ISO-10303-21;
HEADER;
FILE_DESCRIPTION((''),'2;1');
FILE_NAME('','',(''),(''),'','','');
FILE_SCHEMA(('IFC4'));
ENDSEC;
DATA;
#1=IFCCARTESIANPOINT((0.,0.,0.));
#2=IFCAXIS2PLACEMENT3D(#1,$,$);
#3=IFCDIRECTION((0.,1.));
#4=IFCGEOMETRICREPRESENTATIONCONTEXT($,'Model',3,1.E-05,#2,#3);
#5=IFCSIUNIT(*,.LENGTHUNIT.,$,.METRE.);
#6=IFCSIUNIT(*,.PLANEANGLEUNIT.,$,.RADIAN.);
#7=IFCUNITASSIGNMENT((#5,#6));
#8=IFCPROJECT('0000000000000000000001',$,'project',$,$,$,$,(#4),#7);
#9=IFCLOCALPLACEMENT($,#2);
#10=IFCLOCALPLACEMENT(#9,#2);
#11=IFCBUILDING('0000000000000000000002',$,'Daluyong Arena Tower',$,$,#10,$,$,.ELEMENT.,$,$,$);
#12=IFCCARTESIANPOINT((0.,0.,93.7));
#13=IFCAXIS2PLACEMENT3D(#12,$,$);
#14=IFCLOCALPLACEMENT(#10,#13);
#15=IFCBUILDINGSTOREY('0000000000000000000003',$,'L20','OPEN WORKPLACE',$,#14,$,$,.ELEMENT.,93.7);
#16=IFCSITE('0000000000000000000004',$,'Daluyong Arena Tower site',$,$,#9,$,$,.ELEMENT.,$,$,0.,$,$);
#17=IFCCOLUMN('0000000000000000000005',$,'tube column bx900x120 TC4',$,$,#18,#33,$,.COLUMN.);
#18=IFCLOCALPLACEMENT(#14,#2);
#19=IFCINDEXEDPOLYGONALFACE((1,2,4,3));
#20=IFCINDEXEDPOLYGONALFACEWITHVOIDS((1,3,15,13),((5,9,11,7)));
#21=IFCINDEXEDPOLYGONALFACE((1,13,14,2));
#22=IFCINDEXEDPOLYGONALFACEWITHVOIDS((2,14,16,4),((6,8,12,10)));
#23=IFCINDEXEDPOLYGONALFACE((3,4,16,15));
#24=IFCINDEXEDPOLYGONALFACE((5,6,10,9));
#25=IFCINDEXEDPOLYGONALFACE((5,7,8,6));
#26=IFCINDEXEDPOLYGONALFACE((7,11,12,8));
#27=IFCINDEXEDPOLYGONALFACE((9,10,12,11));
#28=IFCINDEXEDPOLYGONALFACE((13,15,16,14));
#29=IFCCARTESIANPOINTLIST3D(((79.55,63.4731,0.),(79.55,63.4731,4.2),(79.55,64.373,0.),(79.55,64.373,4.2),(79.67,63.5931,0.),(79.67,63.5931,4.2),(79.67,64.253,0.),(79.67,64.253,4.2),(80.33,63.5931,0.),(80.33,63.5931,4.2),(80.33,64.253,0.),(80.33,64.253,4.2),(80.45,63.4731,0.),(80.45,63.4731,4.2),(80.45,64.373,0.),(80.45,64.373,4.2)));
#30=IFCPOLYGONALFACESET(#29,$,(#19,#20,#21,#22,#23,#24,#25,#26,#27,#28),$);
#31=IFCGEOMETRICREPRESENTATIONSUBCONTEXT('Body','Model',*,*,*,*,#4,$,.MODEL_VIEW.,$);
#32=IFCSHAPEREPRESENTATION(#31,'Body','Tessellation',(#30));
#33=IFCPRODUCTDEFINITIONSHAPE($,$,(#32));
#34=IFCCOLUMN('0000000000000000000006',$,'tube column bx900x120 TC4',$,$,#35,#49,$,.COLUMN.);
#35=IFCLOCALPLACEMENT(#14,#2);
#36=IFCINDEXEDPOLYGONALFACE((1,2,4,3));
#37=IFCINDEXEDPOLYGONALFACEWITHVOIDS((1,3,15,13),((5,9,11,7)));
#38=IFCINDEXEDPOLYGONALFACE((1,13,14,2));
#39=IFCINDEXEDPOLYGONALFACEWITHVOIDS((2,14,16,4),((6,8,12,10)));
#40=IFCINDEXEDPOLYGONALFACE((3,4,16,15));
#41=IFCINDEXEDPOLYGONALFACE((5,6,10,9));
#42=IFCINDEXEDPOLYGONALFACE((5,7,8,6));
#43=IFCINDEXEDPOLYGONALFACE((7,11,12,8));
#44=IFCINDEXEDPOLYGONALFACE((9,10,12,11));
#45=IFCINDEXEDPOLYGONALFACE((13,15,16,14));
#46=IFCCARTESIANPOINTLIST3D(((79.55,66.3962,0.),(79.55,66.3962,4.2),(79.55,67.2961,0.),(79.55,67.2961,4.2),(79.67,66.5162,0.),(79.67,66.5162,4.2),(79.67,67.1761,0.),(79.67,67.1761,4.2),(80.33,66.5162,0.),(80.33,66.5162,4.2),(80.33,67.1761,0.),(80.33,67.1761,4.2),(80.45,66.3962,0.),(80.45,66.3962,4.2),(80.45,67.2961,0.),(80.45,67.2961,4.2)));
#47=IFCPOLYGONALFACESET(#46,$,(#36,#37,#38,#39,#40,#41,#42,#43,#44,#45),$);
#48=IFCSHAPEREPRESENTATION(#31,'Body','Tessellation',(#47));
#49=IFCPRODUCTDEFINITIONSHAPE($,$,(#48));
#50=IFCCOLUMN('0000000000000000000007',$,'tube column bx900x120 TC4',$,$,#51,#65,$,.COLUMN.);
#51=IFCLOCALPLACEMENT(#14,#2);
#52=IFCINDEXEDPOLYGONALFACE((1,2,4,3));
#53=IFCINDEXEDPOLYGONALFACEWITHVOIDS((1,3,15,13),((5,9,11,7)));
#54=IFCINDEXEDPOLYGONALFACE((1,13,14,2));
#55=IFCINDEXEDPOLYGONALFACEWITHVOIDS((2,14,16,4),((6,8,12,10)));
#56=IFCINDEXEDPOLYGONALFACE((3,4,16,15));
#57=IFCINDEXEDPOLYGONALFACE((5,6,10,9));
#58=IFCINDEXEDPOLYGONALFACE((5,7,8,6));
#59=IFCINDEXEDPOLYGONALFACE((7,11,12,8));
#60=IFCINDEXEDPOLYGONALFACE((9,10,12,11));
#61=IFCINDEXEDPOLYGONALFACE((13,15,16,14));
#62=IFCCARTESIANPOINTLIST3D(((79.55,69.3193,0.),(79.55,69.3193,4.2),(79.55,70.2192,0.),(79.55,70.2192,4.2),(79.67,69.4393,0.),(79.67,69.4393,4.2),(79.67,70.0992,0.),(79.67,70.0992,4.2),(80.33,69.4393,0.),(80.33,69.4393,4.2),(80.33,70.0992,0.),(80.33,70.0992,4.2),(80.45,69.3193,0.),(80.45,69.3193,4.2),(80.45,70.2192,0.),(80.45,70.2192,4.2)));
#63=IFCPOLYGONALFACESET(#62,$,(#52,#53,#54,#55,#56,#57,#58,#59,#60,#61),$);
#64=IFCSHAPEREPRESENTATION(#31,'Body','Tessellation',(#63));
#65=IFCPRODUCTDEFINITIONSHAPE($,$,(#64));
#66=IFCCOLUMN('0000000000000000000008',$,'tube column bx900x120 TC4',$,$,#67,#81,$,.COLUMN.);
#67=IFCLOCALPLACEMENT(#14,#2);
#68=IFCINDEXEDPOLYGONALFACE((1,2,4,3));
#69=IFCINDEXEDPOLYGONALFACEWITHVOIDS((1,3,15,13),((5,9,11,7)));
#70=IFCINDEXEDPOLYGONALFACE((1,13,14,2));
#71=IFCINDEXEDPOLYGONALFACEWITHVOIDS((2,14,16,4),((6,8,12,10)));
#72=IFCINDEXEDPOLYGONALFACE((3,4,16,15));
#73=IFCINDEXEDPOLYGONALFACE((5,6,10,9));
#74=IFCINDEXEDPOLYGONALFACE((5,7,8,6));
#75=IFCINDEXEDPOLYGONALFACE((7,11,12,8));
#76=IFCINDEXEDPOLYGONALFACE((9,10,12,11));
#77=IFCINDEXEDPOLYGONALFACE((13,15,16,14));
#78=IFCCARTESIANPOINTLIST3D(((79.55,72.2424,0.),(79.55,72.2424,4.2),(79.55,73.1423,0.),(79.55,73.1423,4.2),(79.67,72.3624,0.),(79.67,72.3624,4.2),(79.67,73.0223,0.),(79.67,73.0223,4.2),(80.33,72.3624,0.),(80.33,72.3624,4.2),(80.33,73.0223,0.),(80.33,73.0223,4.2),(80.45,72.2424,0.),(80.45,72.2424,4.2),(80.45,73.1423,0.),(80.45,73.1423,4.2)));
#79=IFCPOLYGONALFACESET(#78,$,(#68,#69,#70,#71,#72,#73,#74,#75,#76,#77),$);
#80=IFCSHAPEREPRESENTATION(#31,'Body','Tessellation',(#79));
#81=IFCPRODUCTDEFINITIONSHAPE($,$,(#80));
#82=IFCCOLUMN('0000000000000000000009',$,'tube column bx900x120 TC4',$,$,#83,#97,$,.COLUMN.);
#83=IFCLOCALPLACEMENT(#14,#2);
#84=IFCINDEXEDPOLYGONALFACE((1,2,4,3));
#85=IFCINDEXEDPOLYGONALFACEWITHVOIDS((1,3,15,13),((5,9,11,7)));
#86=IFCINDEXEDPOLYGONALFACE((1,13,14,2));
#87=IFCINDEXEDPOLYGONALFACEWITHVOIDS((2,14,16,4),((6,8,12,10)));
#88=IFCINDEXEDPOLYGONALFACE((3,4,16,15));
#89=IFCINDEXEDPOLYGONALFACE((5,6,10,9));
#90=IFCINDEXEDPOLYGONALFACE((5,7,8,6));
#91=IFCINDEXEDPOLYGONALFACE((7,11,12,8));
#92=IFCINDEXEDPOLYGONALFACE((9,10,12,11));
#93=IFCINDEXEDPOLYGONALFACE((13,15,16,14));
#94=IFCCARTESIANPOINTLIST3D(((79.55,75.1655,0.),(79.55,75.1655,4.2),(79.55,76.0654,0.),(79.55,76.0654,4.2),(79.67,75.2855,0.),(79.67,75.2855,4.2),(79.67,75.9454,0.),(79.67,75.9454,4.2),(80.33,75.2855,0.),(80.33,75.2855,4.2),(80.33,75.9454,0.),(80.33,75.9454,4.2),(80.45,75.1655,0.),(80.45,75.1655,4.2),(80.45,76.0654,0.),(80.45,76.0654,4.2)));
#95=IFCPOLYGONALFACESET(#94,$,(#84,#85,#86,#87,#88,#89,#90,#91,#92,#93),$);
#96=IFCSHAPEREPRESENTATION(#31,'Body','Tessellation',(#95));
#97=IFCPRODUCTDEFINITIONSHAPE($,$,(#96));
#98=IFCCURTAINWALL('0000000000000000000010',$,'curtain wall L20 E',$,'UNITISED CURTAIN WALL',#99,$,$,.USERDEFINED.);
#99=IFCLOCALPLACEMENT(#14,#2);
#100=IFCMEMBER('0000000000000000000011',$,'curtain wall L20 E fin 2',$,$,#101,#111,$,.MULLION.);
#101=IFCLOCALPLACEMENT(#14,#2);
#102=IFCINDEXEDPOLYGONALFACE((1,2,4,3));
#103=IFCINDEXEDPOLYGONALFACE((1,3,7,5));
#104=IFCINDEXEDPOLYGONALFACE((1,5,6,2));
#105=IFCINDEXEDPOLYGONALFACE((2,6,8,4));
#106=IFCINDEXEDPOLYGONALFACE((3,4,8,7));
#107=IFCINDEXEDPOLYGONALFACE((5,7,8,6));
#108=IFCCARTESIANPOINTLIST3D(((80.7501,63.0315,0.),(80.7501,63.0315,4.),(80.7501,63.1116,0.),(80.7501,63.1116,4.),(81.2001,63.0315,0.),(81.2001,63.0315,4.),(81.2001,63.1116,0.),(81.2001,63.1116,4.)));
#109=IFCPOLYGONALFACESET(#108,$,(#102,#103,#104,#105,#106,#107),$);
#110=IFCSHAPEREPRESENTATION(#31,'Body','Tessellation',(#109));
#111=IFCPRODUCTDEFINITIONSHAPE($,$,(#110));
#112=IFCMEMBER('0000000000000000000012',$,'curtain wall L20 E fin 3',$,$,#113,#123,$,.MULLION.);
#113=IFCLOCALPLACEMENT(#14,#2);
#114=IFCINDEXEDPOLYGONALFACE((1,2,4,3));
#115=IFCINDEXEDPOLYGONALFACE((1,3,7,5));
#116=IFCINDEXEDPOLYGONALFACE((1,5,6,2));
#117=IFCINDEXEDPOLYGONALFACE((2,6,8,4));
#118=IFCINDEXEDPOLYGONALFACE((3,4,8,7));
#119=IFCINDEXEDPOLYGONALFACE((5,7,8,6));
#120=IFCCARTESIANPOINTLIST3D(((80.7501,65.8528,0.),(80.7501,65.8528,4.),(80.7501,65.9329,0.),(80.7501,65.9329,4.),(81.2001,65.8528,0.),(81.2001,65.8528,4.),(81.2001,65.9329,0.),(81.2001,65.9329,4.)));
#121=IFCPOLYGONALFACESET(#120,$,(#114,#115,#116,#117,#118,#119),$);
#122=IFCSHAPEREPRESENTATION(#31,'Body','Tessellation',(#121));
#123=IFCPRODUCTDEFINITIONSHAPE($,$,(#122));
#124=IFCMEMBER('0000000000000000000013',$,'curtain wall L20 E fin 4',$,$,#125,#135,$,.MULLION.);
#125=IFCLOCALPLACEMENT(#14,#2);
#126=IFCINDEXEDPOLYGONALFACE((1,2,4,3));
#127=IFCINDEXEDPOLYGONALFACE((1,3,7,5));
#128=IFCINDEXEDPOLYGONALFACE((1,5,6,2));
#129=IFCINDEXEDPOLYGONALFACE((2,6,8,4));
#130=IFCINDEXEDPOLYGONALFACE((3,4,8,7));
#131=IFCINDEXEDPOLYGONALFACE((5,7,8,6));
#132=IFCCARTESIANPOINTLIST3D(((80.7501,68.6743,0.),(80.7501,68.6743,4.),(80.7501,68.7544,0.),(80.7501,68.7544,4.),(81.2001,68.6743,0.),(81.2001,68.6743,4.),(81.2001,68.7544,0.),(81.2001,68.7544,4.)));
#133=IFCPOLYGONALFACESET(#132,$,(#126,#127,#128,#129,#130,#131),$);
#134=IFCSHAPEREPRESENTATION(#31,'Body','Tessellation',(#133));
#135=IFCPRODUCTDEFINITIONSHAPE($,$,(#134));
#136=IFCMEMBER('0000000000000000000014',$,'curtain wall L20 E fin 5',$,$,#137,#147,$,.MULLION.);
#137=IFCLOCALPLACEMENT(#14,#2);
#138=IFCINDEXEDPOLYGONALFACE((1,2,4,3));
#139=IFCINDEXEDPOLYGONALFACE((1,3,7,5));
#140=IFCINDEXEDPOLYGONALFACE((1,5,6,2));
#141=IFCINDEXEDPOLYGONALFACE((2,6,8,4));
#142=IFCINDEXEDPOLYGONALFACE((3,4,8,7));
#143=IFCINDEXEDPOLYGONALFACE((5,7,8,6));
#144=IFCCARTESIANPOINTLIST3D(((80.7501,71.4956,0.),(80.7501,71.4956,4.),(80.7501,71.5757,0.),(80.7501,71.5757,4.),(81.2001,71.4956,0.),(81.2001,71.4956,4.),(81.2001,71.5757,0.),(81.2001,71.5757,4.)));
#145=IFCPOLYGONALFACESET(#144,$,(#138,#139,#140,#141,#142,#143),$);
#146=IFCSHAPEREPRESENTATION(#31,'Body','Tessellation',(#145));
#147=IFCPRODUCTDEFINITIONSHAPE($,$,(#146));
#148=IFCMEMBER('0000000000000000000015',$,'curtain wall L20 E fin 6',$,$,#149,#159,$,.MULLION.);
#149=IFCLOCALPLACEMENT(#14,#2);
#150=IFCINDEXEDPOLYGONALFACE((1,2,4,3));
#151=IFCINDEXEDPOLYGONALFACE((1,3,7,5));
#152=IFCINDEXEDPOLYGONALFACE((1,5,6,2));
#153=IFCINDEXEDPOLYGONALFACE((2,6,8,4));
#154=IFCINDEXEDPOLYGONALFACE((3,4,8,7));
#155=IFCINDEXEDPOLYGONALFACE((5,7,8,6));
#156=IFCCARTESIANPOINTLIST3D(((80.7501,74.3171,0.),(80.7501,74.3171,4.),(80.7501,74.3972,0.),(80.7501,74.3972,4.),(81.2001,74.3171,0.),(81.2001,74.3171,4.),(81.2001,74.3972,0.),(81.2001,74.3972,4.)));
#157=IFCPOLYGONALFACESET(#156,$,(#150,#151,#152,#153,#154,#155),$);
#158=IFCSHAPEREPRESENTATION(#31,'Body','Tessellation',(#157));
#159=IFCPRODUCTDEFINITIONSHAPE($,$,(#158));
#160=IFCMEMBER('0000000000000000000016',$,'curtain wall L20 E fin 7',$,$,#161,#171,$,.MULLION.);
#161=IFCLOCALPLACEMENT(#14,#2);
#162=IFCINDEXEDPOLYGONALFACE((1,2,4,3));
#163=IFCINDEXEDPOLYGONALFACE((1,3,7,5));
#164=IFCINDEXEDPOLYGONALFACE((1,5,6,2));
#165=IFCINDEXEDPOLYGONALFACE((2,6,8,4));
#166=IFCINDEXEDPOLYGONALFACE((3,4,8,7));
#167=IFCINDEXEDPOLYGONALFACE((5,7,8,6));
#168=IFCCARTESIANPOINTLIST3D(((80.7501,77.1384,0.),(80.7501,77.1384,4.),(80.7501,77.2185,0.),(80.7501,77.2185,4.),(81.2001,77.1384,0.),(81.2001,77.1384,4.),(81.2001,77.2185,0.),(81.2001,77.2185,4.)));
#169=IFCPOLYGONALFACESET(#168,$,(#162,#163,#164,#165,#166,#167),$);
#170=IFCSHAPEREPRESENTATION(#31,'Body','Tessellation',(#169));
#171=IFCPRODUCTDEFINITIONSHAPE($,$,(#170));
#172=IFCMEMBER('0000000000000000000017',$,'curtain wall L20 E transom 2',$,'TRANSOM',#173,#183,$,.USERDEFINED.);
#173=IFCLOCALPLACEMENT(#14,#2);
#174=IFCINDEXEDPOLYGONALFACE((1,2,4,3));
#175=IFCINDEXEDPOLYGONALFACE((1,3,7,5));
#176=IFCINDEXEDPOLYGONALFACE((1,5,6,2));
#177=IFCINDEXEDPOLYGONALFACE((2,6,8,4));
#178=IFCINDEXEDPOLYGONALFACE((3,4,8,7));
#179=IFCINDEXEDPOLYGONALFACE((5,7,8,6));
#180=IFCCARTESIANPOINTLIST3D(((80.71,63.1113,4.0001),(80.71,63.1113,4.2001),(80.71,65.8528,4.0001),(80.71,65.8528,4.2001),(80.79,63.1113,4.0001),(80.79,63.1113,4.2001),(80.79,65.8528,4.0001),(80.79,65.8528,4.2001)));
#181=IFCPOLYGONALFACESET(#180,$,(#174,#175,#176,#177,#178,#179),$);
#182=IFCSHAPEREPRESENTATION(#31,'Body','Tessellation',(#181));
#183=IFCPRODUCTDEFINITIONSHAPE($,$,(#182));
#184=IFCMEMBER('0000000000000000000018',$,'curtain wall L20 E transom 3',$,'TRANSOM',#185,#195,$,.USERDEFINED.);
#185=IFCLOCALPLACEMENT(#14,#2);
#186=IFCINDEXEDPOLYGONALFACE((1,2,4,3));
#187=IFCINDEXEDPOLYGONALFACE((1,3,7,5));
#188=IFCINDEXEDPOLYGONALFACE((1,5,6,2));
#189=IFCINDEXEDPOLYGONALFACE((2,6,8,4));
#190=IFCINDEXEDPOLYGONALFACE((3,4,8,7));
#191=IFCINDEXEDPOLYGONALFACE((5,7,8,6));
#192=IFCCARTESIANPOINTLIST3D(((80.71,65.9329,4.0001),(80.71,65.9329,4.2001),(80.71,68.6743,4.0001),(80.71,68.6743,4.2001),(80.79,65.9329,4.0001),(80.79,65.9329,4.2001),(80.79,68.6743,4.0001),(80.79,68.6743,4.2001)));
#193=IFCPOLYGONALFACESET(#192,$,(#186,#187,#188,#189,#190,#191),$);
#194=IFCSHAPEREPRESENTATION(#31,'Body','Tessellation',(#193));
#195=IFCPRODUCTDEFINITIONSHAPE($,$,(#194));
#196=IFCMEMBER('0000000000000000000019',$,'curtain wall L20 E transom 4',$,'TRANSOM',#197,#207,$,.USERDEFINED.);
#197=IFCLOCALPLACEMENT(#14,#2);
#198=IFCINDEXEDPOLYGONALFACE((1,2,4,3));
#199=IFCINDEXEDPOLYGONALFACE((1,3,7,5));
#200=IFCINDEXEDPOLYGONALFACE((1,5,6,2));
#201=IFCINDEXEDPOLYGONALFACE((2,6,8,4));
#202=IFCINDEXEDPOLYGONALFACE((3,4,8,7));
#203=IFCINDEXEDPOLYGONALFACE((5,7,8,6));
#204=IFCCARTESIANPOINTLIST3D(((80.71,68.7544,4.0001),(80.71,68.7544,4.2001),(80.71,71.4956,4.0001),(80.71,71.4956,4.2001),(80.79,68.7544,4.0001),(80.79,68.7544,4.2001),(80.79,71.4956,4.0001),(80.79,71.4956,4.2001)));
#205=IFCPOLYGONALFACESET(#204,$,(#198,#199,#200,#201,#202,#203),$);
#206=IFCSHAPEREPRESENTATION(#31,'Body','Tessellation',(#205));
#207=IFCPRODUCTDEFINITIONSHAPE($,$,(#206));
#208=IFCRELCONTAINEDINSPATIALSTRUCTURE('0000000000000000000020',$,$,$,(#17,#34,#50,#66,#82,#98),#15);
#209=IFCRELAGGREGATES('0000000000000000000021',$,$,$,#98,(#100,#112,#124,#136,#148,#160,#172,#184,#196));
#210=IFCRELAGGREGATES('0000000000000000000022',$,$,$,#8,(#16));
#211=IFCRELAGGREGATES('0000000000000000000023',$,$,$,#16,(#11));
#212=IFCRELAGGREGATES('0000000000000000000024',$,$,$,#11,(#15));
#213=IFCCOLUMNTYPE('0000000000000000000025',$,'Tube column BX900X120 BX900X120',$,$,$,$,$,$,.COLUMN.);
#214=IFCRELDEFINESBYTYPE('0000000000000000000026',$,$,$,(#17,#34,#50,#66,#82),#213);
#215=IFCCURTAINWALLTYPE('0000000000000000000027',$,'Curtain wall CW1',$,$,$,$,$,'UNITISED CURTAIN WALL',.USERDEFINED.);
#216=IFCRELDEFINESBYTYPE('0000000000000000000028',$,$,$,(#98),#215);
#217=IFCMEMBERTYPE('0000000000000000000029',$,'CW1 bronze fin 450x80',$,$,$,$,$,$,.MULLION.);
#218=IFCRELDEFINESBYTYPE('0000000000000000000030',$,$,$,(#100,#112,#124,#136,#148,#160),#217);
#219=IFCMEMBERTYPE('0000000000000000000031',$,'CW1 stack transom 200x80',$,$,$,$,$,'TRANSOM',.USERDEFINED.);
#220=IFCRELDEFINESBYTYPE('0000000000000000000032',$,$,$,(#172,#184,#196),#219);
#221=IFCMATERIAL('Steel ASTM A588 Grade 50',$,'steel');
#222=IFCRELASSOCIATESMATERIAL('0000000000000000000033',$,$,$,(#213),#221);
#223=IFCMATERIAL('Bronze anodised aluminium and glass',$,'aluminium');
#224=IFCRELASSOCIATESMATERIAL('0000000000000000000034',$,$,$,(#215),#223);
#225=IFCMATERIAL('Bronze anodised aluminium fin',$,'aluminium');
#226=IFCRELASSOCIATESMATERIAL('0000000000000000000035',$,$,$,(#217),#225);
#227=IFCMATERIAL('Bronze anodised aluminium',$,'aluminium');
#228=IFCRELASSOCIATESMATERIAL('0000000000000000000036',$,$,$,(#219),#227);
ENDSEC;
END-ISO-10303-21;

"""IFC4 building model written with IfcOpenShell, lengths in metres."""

from ifc_helpers import new_model, si_unit, direction, frame, origin, origin_2d, place, context, subcontext, project, spatial, rectangle, hollow_rectangle, extrude, material, material_profile, profile_set, type_object, element, aggregate, save


model = new_model("IFC4")

# Units and contexts
model_context = context("Model", 3, precision=1e-05, world=origin(), true_north=direction((0.0, 1.0)))
body_context = subcontext(model_context, "Body", "Model", "MODEL_VIEW")
ifc_project = project(units=[si_unit("LENGTHUNIT", "METRE"), si_unit("PLANEANGLEUNIT", "RADIAN")], contexts=[model_context])

# Site, building, storey
site_placement = place(None, origin())
site = spatial("IfcSite", under=ifc_project, at=site_placement, Name="Daluyong Arena Tower site", CompositionType="ELEMENT", RefElevation=0.0)
building_placement = place(site_placement, origin())
building = spatial("IfcBuilding", under=site, at=building_placement, Name="Daluyong Arena Tower", CompositionType="ELEMENT")
storey_placement = place(building_placement, frame((0.0, 0.0, 93.7)))
storey = spatial("IfcBuildingStorey", under=building, at=storey_placement, Name="L20", Description="OPEN WORKPLACE", CompositionType="ELEMENT", Elevation=93.7)

# Columns
ifc_material_1 = material(Name="Steel ASTM A588 Grade 50", Category="steel")
ifc_material_profile_1 = material_profile(ifc_material_1, hollow_rectangle(XDim=0.8999, YDim=0.8999, WallThickness=0.12, at=origin_2d()))
ifc_profile_set_1 = profile_set([ifc_material_profile_1], Name="Steel ASTM A588 Grade 50")
column_type = type_object("IfcColumnType", Name="Tube column BX900X120 BX900X120", PredefinedType="COLUMN", material=ifc_profile_set_1)
for number, where, z_axis, x_axis, name in (
    (1, (80.0, 63.9231, 0.0), (0.0, 0.0, 1.0), (0.0, 1.0, 0.0), "tube column bx900x120 TC4"),
    (2, (80.0, 66.8462, 0.0), (0.0, 0.0, 1.0), (0.0, 1.0, 0.0), "tube column bx900x120 TC4"),
    (3, (80.0, 69.7693, 0.0), (0.0, 0.0, 1.0), (0.0, 1.0, 0.0), "tube column bx900x120 TC4"),
    (4, (80.0, 72.6924, 0.0), (0.0, 0.0, 1.0), (0.0, 1.0, 0.0), "tube column bx900x120 TC4"),
    (5, (80.0, 75.6155, 0.0), (0.0, 0.0, 1.0), (0.0, 1.0, 0.0), "tube column bx900x120 TC4"),
):
    element("IfcColumn", number, at=place(storey_placement, frame(where, z_axis=z_axis, x_axis=x_axis)), inside=storey, type_object=column_type, Name=name, PredefinedType="COLUMN", context=body_context, shape_type="SweptSolid", body=[
        extrude(hollow_rectangle(XDim=0.8999, YDim=0.8999, WallThickness=0.12, at=origin_2d()), origin(), (0.0, 0.0, 1.0), 4.2),
    ])

# Curtain wall, members
ifc_material_2 = material(Name="Bronze anodised aluminium and glass", Category="aluminium")
curtain_wall_type = type_object("IfcCurtainWallType", Name="Curtain wall CW1", ElementType="UNITISED CURTAIN WALL", PredefinedType="USERDEFINED", material=ifc_material_2)
curtain_wall_placement = place(storey_placement, origin())
curtain_wall = element("IfcCurtainWall", 6, at=curtain_wall_placement, inside=storey, type_object=curtain_wall_type, Name="curtain wall L20 E", ObjectType="UNITISED CURTAIN WALL", PredefinedType="USERDEFINED")
ifc_material_3 = material(Name="Bronze anodised aluminium fin", Category="aluminium")
ifc_material_profile_2 = material_profile(ifc_material_3, rectangle(XDim=0.45, YDim=0.0801, at=origin_2d()))
ifc_profile_set_2 = profile_set([ifc_material_profile_2], Name="Bronze anodised aluminium fin")
member_type_1 = type_object("IfcMemberType", Name="CW1 bronze fin 450x80", PredefinedType="MULLION", material=ifc_profile_set_2)
member_1_placement = place(storey_placement, frame((80.9751, 63.0715, 0.0), z_axis=(0.0, 0.0, 1.0), x_axis=(-1.0, 0.0, 0.0)))
member_1 = element("IfcMember", 7, at=member_1_placement, type_object=member_type_1, Name="curtain wall L20 E fin 2", PredefinedType="MULLION", context=body_context, shape_type="SweptSolid", body=[
    extrude(rectangle(XDim=0.45, YDim=0.0801, at=origin_2d()), origin(), (0.0, 0.0, 1.0), 4.0),
])
member_2_placement = place(storey_placement, frame((80.9751, 65.8928, 0.0), z_axis=(0.0, 0.0, 1.0), x_axis=(-1.0, 0.0, 0.0)))
member_2 = element("IfcMember", 8, at=member_2_placement, type_object=member_type_1, Name="curtain wall L20 E fin 3", PredefinedType="MULLION", context=body_context, shape_type="SweptSolid", body=[
    extrude(rectangle(XDim=0.45, YDim=0.0801, at=origin_2d()), origin(), (0.0, 0.0, 1.0), 4.0),
])
member_3_placement = place(storey_placement, frame((80.9751, 68.7144, 0.0), z_axis=(0.0, 0.0, 1.0), x_axis=(-1.0, 0.0, 0.0)))
member_3 = element("IfcMember", 9, at=member_3_placement, type_object=member_type_1, Name="curtain wall L20 E fin 4", PredefinedType="MULLION", context=body_context, shape_type="SweptSolid", body=[
    extrude(rectangle(XDim=0.45, YDim=0.0801, at=origin_2d()), origin(), (0.0, 0.0, 1.0), 4.0),
])
member_4_placement = place(storey_placement, frame((80.9751, 71.5356, 0.0), z_axis=(0.0, 0.0, 1.0), x_axis=(-1.0, 0.0, 0.0)))
member_4 = element("IfcMember", 10, at=member_4_placement, type_object=member_type_1, Name="curtain wall L20 E fin 5", PredefinedType="MULLION", context=body_context, shape_type="SweptSolid", body=[
    extrude(rectangle(XDim=0.45, YDim=0.0801, at=origin_2d()), origin(), (0.0, 0.0, 1.0), 4.0),
])
member_5_placement = place(storey_placement, frame((80.9751, 74.3572, 0.0), z_axis=(0.0, 0.0, 1.0), x_axis=(-1.0, 0.0, 0.0)))
member_5 = element("IfcMember", 11, at=member_5_placement, type_object=member_type_1, Name="curtain wall L20 E fin 6", PredefinedType="MULLION", context=body_context, shape_type="SweptSolid", body=[
    extrude(rectangle(XDim=0.45, YDim=0.0801, at=origin_2d()), origin(), (0.0, 0.0, 1.0), 4.0),
])
member_6_placement = place(storey_placement, frame((80.9751, 77.1785, 0.0), z_axis=(0.0, 0.0, 1.0), x_axis=(-1.0, 0.0, 0.0)))
member_6 = element("IfcMember", 12, at=member_6_placement, type_object=member_type_1, Name="curtain wall L20 E fin 7", PredefinedType="MULLION", context=body_context, shape_type="SweptSolid", body=[
    extrude(rectangle(XDim=0.45, YDim=0.0801, at=origin_2d()), origin(), (0.0, 0.0, 1.0), 4.0),
])
ifc_material_4 = material(Name="Bronze anodised aluminium", Category="aluminium")
ifc_material_profile_3 = material_profile(ifc_material_4, rectangle(XDim=0.0801, YDim=0.2, at=origin_2d()))
ifc_profile_set_3 = profile_set([ifc_material_profile_3], Name="Bronze anodised aluminium")
member_type_2 = type_object("IfcMemberType", Name="CW1 stack transom 200x80", ElementType="TRANSOM", PredefinedType="USERDEFINED", material=ifc_profile_set_3)
member_7_placement = place(storey_placement, frame((80.75, 63.1113, 4.1001), z_axis=(0.0, 1.0, 0.0), x_axis=(-1.0, 0.0, 0.0)))
member_7 = element("IfcMember", 13, at=member_7_placement, type_object=member_type_2, Name="curtain wall L20 E transom 2", ObjectType="TRANSOM", PredefinedType="USERDEFINED", context=body_context, shape_type="SweptSolid", body=[
    extrude(rectangle(XDim=0.0801, YDim=0.2, at=origin_2d()), origin(), (0.0, 0.0, 1.0), 2.7415),
])
member_8_placement = place(storey_placement, frame((80.75, 65.9329, 4.1001), z_axis=(0.0, 1.0, 0.0), x_axis=(-1.0, 0.0, 0.0)))
member_8 = element("IfcMember", 14, at=member_8_placement, type_object=member_type_2, Name="curtain wall L20 E transom 3", ObjectType="TRANSOM", PredefinedType="USERDEFINED", context=body_context, shape_type="SweptSolid", body=[
    extrude(rectangle(XDim=0.0801, YDim=0.2, at=origin_2d()), origin(), (0.0, 0.0, 1.0), 2.7415),
])
member_9_placement = place(storey_placement, frame((80.75, 68.7544, 4.1001), z_axis=(0.0, 1.0, 0.0), x_axis=(-1.0, 0.0, 0.0)))
member_9 = element("IfcMember", 15, at=member_9_placement, type_object=member_type_2, Name="curtain wall L20 E transom 4", ObjectType="TRANSOM", PredefinedType="USERDEFINED", context=body_context, shape_type="SweptSolid", body=[
    extrude(rectangle(XDim=0.0801, YDim=0.2, at=origin_2d()), origin(), (0.0, 0.0, 1.0), 2.7412),
])

aggregate(curtain_wall, [member_1, member_2, member_3, member_4, member_5, member_6, member_7, member_8, member_9])

save(model, "model.ifc")
